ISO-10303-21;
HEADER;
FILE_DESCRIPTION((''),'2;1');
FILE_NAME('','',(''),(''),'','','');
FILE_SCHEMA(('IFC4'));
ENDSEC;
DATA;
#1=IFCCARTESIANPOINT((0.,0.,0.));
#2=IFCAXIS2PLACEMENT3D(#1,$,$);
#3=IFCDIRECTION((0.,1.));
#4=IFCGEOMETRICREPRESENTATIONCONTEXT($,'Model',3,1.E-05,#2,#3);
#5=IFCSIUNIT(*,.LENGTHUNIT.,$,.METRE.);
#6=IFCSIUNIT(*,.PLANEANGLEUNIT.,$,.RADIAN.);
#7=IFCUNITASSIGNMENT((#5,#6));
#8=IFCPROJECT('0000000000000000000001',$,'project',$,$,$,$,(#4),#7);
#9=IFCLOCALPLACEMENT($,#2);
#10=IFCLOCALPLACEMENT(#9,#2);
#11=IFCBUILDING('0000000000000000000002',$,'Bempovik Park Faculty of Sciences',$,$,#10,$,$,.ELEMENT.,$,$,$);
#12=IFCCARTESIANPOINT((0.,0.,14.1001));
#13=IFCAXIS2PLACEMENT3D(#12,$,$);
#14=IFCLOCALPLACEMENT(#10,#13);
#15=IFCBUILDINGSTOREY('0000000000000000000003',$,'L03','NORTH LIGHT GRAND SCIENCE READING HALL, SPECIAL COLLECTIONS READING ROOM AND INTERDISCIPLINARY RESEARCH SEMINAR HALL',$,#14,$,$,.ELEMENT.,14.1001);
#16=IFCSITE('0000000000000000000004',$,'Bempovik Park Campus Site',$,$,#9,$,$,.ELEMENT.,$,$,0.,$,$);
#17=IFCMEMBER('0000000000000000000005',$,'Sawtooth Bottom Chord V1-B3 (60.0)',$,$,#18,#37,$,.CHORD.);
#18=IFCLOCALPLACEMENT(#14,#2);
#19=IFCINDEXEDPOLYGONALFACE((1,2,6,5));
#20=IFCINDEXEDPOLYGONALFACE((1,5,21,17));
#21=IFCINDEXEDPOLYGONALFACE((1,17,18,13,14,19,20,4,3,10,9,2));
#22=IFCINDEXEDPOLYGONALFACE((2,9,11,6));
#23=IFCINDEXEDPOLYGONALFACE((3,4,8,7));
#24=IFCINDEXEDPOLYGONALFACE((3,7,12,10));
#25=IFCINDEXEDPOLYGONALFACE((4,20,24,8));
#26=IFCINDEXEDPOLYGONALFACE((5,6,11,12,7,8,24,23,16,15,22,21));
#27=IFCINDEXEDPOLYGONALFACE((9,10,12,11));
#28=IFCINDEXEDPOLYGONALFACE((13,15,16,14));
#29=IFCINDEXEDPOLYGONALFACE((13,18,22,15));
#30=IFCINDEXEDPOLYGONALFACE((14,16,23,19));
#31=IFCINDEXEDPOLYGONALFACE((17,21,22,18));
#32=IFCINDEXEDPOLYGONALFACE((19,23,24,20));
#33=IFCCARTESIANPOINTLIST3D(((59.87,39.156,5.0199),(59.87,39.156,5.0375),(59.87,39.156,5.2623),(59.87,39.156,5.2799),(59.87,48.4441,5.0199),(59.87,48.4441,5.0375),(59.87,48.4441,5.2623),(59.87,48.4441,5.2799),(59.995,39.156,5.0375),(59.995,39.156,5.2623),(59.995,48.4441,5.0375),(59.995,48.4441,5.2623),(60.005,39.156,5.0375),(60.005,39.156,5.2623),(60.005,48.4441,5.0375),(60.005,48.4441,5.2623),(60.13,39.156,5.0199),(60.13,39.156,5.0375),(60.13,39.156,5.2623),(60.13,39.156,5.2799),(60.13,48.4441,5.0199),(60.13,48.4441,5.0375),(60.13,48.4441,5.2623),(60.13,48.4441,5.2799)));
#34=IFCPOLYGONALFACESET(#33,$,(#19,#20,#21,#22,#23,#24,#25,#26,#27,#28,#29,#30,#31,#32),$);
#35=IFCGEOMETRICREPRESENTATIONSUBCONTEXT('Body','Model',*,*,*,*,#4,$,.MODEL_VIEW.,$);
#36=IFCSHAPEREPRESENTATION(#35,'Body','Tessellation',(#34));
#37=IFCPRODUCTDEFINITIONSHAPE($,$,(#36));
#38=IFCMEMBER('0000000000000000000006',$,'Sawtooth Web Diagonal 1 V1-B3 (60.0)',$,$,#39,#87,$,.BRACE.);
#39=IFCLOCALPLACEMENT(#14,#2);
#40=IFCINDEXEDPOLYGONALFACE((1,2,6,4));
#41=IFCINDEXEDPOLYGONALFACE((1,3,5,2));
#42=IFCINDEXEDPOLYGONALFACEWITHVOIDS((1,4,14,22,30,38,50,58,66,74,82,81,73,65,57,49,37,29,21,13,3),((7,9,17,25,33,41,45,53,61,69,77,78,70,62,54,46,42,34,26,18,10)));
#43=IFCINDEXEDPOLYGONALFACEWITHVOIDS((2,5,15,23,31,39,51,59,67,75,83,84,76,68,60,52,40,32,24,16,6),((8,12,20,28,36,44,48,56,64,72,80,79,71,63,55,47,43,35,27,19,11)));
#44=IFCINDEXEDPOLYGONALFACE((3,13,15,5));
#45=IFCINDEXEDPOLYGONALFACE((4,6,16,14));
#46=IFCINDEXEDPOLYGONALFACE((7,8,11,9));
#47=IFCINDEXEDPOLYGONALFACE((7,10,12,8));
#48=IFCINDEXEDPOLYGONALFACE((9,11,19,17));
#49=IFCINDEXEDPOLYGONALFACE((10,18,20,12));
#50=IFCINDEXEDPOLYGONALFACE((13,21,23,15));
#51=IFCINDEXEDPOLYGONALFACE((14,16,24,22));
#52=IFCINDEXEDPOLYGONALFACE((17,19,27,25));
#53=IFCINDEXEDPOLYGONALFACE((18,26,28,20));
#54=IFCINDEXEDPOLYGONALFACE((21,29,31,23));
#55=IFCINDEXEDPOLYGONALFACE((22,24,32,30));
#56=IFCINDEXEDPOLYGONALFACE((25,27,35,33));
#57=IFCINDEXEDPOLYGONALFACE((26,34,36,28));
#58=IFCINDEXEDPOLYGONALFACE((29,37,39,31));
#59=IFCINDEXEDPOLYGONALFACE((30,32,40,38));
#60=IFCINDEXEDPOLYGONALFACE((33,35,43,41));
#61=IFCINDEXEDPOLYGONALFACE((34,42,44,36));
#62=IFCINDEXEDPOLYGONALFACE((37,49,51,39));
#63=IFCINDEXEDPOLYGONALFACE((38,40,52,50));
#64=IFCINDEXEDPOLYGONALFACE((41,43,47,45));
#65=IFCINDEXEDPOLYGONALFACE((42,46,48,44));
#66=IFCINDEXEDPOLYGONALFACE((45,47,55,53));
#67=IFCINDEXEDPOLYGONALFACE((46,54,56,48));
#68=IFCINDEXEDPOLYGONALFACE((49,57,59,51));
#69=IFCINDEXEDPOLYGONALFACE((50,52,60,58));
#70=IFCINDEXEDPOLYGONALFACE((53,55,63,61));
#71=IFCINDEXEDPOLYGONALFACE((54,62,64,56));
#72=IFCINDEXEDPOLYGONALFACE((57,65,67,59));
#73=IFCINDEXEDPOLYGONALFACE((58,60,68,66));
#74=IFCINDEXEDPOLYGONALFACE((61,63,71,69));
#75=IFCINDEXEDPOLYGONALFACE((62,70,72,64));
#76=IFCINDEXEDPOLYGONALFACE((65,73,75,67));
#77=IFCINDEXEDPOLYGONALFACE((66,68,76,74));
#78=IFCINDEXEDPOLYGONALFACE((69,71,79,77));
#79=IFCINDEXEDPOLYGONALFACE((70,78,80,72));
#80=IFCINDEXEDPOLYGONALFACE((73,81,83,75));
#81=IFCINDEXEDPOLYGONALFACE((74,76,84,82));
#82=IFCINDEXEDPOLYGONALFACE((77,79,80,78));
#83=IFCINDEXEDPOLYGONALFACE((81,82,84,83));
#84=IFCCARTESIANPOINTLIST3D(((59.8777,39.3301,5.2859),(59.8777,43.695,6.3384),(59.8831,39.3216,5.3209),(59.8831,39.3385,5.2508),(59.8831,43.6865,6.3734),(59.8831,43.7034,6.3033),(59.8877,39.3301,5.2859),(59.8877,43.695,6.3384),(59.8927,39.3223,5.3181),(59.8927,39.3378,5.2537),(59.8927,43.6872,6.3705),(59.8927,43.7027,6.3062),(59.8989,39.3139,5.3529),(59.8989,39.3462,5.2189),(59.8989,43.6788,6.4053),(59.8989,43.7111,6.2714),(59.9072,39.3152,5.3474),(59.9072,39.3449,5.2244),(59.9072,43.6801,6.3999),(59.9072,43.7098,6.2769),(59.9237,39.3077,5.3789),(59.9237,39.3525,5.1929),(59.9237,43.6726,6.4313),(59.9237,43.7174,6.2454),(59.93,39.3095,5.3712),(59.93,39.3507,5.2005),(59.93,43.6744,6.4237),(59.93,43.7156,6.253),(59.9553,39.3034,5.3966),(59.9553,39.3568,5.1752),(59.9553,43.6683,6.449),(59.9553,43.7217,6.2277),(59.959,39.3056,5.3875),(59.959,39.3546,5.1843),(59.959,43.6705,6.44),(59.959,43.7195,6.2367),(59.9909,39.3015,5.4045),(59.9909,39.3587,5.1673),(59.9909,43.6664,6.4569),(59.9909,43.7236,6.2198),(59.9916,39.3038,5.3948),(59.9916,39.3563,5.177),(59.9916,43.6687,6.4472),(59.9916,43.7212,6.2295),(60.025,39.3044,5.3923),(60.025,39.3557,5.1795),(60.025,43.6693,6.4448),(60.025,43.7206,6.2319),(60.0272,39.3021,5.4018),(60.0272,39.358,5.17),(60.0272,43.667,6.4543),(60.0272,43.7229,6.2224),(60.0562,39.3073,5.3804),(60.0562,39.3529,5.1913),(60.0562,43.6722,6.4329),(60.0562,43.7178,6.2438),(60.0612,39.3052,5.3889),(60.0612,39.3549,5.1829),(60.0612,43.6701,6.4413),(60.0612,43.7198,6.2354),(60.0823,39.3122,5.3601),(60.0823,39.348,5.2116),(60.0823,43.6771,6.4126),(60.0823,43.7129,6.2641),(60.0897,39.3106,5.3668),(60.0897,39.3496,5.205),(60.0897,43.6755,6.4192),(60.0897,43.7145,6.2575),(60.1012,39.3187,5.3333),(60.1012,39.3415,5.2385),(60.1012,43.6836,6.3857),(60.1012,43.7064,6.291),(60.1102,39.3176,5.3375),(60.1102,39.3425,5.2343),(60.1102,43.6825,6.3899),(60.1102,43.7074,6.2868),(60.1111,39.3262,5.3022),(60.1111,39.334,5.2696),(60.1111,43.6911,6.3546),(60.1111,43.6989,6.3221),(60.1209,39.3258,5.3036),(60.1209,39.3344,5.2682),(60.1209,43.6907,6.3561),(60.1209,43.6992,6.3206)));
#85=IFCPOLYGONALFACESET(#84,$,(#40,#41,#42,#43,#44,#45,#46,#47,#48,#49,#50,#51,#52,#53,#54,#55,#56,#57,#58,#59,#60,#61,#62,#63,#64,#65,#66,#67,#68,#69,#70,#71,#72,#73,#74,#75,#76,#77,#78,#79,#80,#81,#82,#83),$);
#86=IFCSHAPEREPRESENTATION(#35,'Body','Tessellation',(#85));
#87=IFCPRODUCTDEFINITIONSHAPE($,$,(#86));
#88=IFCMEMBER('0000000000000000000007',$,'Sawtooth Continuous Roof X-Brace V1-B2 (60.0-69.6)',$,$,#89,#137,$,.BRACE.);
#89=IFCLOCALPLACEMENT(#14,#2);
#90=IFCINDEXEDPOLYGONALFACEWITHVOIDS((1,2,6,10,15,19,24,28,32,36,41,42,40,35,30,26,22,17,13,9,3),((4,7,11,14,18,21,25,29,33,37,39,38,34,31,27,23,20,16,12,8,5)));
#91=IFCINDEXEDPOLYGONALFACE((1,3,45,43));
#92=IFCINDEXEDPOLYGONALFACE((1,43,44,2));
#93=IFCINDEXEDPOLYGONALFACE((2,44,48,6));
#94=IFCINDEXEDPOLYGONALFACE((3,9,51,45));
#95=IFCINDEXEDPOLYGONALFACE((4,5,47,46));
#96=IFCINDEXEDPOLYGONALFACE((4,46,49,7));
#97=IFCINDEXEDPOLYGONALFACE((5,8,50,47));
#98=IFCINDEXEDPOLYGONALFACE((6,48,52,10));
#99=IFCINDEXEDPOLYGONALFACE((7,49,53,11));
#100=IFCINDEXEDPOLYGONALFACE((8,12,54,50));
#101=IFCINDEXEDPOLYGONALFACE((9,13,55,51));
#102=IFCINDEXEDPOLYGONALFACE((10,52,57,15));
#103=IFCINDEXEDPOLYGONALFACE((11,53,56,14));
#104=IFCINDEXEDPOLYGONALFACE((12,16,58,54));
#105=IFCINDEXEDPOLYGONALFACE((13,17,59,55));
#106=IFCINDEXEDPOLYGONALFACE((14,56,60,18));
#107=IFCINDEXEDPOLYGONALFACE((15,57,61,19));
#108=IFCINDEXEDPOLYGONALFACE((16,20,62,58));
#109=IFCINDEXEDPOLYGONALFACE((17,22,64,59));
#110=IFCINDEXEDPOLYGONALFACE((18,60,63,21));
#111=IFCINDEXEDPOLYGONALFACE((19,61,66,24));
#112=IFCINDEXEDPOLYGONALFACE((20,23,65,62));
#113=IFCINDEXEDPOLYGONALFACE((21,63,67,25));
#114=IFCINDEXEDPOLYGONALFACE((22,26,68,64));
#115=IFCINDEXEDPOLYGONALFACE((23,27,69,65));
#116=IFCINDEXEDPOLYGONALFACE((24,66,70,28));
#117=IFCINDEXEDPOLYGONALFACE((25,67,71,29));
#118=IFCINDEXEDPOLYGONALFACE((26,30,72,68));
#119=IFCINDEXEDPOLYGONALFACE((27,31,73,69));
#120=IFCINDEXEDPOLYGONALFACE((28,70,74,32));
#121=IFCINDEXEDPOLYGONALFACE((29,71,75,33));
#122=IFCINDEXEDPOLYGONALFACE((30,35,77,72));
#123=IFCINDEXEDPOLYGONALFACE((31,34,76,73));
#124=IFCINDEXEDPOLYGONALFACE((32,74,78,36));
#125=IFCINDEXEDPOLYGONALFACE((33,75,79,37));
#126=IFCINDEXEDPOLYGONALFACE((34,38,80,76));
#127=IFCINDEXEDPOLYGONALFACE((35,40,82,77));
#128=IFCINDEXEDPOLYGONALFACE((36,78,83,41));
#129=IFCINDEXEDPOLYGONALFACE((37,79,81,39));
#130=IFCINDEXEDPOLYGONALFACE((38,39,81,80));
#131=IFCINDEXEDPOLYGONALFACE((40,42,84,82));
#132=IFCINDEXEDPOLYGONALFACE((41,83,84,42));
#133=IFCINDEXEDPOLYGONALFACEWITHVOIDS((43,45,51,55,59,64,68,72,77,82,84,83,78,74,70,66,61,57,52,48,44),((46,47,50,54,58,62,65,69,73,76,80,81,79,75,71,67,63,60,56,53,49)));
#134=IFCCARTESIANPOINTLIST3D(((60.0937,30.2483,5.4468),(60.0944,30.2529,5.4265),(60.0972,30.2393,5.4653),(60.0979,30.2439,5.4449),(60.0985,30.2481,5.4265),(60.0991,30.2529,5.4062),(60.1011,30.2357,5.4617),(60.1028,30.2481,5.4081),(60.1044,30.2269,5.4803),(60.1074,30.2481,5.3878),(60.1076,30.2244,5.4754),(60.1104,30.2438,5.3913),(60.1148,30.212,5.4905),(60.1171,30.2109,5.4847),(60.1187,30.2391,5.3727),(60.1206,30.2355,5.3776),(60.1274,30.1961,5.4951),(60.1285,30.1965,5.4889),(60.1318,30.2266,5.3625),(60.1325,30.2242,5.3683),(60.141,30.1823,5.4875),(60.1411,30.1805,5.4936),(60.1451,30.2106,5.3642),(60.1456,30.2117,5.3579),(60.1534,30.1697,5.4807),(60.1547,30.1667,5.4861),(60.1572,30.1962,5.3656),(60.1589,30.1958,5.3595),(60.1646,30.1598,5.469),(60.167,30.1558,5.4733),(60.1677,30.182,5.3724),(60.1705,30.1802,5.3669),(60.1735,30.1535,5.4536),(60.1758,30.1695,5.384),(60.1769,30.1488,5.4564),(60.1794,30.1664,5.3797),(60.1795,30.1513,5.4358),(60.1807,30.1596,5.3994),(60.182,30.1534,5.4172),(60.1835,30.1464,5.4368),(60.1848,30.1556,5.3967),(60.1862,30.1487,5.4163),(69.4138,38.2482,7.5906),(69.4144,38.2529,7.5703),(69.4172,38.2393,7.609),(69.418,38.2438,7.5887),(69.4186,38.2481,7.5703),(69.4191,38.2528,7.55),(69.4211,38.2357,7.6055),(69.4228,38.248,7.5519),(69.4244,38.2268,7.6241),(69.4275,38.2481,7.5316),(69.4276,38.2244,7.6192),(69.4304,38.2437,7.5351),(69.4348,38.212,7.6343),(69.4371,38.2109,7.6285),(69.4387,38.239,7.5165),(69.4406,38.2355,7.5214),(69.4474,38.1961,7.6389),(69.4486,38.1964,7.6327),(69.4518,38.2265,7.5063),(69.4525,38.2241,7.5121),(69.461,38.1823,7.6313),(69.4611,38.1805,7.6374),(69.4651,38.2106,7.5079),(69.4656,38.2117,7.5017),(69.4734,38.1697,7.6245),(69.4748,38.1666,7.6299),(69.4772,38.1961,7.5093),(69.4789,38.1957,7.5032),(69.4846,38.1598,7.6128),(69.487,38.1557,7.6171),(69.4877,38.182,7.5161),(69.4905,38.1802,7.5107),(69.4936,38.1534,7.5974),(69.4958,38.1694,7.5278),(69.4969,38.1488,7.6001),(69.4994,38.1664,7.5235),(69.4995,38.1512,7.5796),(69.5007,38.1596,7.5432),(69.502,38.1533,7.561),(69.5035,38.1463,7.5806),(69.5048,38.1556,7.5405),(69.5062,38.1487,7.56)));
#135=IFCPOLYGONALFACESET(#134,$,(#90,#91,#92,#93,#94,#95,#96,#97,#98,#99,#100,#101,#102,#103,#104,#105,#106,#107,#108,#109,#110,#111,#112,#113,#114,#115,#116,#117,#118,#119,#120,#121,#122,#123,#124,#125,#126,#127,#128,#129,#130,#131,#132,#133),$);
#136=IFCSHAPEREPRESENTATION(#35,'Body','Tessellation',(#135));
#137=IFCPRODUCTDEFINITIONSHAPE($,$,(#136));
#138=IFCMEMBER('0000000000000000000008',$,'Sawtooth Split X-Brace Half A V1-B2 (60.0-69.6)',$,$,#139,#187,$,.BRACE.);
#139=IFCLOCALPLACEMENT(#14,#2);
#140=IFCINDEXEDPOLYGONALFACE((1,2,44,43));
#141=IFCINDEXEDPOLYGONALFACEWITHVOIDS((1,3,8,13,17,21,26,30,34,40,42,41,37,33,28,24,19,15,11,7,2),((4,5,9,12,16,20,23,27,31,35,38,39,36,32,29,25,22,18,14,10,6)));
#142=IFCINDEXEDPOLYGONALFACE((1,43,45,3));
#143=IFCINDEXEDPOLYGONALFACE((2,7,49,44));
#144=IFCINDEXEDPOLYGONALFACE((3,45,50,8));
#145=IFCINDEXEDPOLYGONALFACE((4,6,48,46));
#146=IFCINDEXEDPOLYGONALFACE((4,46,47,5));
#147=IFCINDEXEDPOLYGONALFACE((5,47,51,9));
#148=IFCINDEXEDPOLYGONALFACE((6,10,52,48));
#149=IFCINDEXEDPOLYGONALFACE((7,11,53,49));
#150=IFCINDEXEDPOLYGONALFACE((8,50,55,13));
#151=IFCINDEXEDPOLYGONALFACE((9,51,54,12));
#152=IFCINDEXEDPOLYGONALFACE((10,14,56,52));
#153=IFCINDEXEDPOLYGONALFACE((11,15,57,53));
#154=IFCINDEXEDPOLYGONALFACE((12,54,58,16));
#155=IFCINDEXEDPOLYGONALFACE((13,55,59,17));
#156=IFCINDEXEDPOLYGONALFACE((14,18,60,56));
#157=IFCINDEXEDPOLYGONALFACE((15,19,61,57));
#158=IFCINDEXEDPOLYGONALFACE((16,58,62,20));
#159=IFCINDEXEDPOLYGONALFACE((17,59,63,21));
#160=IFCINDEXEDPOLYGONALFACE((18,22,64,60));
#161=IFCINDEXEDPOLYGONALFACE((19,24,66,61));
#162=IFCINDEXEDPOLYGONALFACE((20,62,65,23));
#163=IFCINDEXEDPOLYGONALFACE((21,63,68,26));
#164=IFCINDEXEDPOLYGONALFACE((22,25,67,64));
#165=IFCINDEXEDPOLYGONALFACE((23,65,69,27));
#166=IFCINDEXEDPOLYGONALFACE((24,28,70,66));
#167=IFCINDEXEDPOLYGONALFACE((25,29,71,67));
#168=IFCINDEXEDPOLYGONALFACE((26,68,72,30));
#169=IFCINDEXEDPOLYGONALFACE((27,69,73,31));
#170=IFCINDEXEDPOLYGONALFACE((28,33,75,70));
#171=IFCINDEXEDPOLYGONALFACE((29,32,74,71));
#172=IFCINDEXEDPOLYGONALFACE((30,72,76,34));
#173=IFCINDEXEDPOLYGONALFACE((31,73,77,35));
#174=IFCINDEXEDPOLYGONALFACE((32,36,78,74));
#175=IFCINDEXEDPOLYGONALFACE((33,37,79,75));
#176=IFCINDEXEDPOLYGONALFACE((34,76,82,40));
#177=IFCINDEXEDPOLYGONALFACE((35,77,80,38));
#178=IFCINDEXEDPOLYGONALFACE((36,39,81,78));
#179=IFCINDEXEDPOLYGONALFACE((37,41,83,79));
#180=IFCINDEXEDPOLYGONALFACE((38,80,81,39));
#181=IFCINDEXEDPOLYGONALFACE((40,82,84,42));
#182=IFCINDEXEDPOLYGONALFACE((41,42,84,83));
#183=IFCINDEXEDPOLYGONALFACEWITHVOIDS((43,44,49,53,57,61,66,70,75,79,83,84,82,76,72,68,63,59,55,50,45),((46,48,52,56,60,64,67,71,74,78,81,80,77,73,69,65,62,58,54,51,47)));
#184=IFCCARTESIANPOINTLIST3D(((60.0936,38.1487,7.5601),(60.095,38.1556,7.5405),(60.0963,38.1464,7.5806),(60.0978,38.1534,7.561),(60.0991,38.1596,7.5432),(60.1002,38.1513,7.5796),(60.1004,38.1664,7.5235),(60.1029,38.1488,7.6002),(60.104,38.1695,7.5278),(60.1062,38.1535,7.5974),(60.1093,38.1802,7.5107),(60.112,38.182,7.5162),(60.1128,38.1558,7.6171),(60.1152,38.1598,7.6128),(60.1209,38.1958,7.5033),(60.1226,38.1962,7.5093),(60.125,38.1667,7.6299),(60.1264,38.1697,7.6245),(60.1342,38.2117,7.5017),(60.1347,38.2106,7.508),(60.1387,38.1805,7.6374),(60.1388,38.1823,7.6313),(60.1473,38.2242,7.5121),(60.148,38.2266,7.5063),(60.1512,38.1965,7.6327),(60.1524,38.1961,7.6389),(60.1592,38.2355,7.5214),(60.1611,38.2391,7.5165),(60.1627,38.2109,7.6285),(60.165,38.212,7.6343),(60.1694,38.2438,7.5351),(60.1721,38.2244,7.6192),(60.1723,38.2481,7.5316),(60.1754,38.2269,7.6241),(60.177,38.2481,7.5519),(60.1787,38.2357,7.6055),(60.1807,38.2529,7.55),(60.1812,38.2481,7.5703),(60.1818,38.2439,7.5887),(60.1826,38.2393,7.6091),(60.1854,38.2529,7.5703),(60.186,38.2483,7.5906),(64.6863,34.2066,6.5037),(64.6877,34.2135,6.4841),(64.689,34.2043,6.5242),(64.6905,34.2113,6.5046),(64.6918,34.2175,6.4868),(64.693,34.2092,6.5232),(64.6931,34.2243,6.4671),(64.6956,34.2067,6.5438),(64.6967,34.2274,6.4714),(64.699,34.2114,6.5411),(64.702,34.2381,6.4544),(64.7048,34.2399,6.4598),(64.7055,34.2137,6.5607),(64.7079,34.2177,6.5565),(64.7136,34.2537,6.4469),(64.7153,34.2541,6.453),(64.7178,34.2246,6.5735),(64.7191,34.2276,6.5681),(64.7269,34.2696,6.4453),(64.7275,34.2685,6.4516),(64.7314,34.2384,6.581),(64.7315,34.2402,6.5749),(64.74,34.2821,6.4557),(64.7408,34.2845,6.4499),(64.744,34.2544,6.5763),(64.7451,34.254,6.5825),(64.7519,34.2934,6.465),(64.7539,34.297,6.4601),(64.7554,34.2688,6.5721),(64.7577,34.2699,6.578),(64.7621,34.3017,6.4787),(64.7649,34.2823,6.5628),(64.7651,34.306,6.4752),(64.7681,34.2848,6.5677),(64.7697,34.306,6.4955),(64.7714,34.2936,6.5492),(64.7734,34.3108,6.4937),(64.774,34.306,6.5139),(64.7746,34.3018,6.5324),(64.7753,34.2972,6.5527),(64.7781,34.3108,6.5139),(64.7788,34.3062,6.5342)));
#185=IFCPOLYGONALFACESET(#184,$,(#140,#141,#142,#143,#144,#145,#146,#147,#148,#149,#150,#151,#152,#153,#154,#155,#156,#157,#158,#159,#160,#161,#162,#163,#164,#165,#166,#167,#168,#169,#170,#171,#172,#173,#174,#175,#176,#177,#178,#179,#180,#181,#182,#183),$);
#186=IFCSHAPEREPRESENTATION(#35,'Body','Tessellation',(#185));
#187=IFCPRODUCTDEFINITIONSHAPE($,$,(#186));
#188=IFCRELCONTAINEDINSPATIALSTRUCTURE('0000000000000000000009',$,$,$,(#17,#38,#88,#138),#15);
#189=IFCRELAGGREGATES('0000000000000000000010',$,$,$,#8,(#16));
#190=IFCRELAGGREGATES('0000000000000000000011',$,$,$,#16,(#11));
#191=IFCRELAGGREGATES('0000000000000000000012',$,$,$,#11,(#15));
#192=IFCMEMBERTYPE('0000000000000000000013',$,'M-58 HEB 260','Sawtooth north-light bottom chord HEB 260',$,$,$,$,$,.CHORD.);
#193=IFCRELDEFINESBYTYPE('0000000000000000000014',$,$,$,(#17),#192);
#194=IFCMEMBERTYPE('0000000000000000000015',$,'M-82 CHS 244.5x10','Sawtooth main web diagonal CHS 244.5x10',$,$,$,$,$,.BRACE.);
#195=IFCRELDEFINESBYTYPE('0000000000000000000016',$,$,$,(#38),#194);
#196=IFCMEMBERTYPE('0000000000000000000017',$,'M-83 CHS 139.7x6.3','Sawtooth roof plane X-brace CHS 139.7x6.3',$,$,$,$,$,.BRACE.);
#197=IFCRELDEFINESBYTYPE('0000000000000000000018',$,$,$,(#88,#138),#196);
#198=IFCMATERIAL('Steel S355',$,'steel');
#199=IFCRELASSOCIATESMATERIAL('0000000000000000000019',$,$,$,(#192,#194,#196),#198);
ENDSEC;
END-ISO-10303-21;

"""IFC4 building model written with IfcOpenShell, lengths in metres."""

from ifc_helpers import new_model, si_unit, direction, frame, origin, origin_2d, place, context, subcontext, project, spatial, hollow_circle, i_section, extrude, material, material_profile, profile_set, type_object, element, save


model = new_model("IFC4")

# Units and contexts
model_context = context("Model", 3, precision=1e-05, world=origin(), true_north=direction((0.0, 1.0)))
body_context = subcontext(model_context, "Body", "Model", "MODEL_VIEW")
ifc_project = project(units=[si_unit("LENGTHUNIT", "METRE"), si_unit("PLANEANGLEUNIT", "RADIAN")], contexts=[model_context])

# Site, building, storey
site_placement = place(None, origin())
site = spatial("IfcSite", under=ifc_project, at=site_placement, Name="Bempovik Park Campus Site", CompositionType="ELEMENT", RefElevation=0.0)
building_placement = place(site_placement, origin())
building = spatial("IfcBuilding", under=site, at=building_placement, Name="Bempovik Park Faculty of Sciences", CompositionType="ELEMENT")
storey_placement = place(building_placement, frame((0.0, 0.0, 14.1001)))
storey = spatial("IfcBuildingStorey", under=building, at=storey_placement, Name="L03", Description="NORTH LIGHT GRAND SCIENCE READING HALL, SPECIAL COLLECTIONS READING ROOM AND INTERDISCIPLINARY RESEARCH SEMINAR HALL", CompositionType="ELEMENT", Elevation=14.1001)

# Shared definitions
ifc_material_1 = material(Name="Steel S355", Category="steel")

# Members
ifc_material_profile_1 = material_profile(ifc_material_1, i_section(OverallWidth=0.26, OverallDepth=0.26, WebThickness=0.01, FlangeThickness=0.0176, at=origin_2d()), Name="HEB 260")
ifc_profile_set_1 = profile_set([ifc_material_profile_1], Name="Steel S355")
member_type_1 = type_object("IfcMemberType", Name="M-58 HEB 260", Description="Sawtooth north-light bottom chord HEB 260", PredefinedType="CHORD", material=ifc_profile_set_1)
member_1_placement = place(storey_placement, frame((60.0, 39.156, 5.1499), z_axis=(0.0, 1.0, 0.0), x_axis=(-1.0, 0.0, 0.0)))
element("IfcMember", 1, at=member_1_placement, inside=storey, type_object=member_type_1, Name="Sawtooth Bottom Chord V1-B3 (60.0)", PredefinedType="CHORD", context=body_context, shape_type="SweptSolid", body=[
    extrude(i_section(OverallWidth=0.26, OverallDepth=0.26, WebThickness=0.01, FlangeThickness=0.0176, at=origin_2d()), origin(), (0.0, 0.0, 1.0), 9.2881),
])
ifc_material_profile_2 = material_profile(ifc_material_1, hollow_circle(Radius=0.1223, WallThickness=0.01, at=origin_2d()), Name="CHS 244.5x10")
ifc_profile_set_2 = profile_set([ifc_material_profile_2], Name="Steel S355")
member_type_2 = type_object("IfcMemberType", Name="M-82 CHS 244.5x10", Description="Sawtooth main web diagonal CHS 244.5x10", PredefinedType="BRACE", material=ifc_profile_set_2)
member_2_placement = place(storey_placement, frame((60.0, 39.3301, 5.2859), z_axis=(0.0, 0.972139, 0.234403), x_axis=(-1.0, 0.0, 0.0)))
element("IfcMember", 2, at=member_2_placement, inside=storey, type_object=member_type_2, Name="Sawtooth Web Diagonal 1 V1-B3 (60.0)", PredefinedType="BRACE", context=body_context, shape_type="SweptSolid", body=[
    extrude(hollow_circle(Radius=0.1223, WallThickness=0.01, at=origin_2d()), origin(), (0.0, 0.0, 1.0), 4.49),
])
ifc_material_profile_3 = material_profile(ifc_material_1, hollow_circle(Radius=0.0698, WallThickness=0.0063, at=origin_2d()), Name="CHS 139.7x6.3")
ifc_profile_set_3 = profile_set([ifc_material_profile_3], Name="Steel S355")
member_type_3 = type_object("IfcMemberType", Name="M-83 CHS 139.7x6.3", Description="Sawtooth roof plane X-brace CHS 139.7x6.3", PredefinedType="BRACE", material=ifc_profile_set_3)
member_3_placement = place(storey_placement, frame((60.1399, 30.2, 5.4265), z_axis=(0.747499, 0.641625, 0.171939), x_axis=(-0.651325, 0.758799, 0.0)))
element("IfcMember", 3, at=member_3_placement, inside=storey, type_object=member_type_3, Name="Sawtooth Continuous Roof X-Brace V1-B2 (60.0-69.6)", PredefinedType="BRACE", context=body_context, shape_type="SweptSolid", body=[
    extrude(hollow_circle(Radius=0.0698, WallThickness=0.0063, at=origin_2d()), origin(), (0.0, 0.0, 1.0), 12.4683),
])
member_4_placement = place(storey_placement, frame((60.1399, 38.2, 7.5703), z_axis=(0.747509, -0.641613, -0.171937), x_axis=(0.651313, 0.758809, 0.0)))
element("IfcMember", 4, at=member_4_placement, inside=storey, type_object=member_type_3, Name="Sawtooth Split X-Brace Half A V1-B2 (60.0-69.6)", PredefinedType="BRACE", context=body_context, shape_type="SweptSolid", body=[
    extrude(hollow_circle(Radius=0.0698, WallThickness=0.0063, at=origin_2d()), origin(), (0.0, 0.0, 1.0), 6.144),
])

save(model, "model.ifc")
